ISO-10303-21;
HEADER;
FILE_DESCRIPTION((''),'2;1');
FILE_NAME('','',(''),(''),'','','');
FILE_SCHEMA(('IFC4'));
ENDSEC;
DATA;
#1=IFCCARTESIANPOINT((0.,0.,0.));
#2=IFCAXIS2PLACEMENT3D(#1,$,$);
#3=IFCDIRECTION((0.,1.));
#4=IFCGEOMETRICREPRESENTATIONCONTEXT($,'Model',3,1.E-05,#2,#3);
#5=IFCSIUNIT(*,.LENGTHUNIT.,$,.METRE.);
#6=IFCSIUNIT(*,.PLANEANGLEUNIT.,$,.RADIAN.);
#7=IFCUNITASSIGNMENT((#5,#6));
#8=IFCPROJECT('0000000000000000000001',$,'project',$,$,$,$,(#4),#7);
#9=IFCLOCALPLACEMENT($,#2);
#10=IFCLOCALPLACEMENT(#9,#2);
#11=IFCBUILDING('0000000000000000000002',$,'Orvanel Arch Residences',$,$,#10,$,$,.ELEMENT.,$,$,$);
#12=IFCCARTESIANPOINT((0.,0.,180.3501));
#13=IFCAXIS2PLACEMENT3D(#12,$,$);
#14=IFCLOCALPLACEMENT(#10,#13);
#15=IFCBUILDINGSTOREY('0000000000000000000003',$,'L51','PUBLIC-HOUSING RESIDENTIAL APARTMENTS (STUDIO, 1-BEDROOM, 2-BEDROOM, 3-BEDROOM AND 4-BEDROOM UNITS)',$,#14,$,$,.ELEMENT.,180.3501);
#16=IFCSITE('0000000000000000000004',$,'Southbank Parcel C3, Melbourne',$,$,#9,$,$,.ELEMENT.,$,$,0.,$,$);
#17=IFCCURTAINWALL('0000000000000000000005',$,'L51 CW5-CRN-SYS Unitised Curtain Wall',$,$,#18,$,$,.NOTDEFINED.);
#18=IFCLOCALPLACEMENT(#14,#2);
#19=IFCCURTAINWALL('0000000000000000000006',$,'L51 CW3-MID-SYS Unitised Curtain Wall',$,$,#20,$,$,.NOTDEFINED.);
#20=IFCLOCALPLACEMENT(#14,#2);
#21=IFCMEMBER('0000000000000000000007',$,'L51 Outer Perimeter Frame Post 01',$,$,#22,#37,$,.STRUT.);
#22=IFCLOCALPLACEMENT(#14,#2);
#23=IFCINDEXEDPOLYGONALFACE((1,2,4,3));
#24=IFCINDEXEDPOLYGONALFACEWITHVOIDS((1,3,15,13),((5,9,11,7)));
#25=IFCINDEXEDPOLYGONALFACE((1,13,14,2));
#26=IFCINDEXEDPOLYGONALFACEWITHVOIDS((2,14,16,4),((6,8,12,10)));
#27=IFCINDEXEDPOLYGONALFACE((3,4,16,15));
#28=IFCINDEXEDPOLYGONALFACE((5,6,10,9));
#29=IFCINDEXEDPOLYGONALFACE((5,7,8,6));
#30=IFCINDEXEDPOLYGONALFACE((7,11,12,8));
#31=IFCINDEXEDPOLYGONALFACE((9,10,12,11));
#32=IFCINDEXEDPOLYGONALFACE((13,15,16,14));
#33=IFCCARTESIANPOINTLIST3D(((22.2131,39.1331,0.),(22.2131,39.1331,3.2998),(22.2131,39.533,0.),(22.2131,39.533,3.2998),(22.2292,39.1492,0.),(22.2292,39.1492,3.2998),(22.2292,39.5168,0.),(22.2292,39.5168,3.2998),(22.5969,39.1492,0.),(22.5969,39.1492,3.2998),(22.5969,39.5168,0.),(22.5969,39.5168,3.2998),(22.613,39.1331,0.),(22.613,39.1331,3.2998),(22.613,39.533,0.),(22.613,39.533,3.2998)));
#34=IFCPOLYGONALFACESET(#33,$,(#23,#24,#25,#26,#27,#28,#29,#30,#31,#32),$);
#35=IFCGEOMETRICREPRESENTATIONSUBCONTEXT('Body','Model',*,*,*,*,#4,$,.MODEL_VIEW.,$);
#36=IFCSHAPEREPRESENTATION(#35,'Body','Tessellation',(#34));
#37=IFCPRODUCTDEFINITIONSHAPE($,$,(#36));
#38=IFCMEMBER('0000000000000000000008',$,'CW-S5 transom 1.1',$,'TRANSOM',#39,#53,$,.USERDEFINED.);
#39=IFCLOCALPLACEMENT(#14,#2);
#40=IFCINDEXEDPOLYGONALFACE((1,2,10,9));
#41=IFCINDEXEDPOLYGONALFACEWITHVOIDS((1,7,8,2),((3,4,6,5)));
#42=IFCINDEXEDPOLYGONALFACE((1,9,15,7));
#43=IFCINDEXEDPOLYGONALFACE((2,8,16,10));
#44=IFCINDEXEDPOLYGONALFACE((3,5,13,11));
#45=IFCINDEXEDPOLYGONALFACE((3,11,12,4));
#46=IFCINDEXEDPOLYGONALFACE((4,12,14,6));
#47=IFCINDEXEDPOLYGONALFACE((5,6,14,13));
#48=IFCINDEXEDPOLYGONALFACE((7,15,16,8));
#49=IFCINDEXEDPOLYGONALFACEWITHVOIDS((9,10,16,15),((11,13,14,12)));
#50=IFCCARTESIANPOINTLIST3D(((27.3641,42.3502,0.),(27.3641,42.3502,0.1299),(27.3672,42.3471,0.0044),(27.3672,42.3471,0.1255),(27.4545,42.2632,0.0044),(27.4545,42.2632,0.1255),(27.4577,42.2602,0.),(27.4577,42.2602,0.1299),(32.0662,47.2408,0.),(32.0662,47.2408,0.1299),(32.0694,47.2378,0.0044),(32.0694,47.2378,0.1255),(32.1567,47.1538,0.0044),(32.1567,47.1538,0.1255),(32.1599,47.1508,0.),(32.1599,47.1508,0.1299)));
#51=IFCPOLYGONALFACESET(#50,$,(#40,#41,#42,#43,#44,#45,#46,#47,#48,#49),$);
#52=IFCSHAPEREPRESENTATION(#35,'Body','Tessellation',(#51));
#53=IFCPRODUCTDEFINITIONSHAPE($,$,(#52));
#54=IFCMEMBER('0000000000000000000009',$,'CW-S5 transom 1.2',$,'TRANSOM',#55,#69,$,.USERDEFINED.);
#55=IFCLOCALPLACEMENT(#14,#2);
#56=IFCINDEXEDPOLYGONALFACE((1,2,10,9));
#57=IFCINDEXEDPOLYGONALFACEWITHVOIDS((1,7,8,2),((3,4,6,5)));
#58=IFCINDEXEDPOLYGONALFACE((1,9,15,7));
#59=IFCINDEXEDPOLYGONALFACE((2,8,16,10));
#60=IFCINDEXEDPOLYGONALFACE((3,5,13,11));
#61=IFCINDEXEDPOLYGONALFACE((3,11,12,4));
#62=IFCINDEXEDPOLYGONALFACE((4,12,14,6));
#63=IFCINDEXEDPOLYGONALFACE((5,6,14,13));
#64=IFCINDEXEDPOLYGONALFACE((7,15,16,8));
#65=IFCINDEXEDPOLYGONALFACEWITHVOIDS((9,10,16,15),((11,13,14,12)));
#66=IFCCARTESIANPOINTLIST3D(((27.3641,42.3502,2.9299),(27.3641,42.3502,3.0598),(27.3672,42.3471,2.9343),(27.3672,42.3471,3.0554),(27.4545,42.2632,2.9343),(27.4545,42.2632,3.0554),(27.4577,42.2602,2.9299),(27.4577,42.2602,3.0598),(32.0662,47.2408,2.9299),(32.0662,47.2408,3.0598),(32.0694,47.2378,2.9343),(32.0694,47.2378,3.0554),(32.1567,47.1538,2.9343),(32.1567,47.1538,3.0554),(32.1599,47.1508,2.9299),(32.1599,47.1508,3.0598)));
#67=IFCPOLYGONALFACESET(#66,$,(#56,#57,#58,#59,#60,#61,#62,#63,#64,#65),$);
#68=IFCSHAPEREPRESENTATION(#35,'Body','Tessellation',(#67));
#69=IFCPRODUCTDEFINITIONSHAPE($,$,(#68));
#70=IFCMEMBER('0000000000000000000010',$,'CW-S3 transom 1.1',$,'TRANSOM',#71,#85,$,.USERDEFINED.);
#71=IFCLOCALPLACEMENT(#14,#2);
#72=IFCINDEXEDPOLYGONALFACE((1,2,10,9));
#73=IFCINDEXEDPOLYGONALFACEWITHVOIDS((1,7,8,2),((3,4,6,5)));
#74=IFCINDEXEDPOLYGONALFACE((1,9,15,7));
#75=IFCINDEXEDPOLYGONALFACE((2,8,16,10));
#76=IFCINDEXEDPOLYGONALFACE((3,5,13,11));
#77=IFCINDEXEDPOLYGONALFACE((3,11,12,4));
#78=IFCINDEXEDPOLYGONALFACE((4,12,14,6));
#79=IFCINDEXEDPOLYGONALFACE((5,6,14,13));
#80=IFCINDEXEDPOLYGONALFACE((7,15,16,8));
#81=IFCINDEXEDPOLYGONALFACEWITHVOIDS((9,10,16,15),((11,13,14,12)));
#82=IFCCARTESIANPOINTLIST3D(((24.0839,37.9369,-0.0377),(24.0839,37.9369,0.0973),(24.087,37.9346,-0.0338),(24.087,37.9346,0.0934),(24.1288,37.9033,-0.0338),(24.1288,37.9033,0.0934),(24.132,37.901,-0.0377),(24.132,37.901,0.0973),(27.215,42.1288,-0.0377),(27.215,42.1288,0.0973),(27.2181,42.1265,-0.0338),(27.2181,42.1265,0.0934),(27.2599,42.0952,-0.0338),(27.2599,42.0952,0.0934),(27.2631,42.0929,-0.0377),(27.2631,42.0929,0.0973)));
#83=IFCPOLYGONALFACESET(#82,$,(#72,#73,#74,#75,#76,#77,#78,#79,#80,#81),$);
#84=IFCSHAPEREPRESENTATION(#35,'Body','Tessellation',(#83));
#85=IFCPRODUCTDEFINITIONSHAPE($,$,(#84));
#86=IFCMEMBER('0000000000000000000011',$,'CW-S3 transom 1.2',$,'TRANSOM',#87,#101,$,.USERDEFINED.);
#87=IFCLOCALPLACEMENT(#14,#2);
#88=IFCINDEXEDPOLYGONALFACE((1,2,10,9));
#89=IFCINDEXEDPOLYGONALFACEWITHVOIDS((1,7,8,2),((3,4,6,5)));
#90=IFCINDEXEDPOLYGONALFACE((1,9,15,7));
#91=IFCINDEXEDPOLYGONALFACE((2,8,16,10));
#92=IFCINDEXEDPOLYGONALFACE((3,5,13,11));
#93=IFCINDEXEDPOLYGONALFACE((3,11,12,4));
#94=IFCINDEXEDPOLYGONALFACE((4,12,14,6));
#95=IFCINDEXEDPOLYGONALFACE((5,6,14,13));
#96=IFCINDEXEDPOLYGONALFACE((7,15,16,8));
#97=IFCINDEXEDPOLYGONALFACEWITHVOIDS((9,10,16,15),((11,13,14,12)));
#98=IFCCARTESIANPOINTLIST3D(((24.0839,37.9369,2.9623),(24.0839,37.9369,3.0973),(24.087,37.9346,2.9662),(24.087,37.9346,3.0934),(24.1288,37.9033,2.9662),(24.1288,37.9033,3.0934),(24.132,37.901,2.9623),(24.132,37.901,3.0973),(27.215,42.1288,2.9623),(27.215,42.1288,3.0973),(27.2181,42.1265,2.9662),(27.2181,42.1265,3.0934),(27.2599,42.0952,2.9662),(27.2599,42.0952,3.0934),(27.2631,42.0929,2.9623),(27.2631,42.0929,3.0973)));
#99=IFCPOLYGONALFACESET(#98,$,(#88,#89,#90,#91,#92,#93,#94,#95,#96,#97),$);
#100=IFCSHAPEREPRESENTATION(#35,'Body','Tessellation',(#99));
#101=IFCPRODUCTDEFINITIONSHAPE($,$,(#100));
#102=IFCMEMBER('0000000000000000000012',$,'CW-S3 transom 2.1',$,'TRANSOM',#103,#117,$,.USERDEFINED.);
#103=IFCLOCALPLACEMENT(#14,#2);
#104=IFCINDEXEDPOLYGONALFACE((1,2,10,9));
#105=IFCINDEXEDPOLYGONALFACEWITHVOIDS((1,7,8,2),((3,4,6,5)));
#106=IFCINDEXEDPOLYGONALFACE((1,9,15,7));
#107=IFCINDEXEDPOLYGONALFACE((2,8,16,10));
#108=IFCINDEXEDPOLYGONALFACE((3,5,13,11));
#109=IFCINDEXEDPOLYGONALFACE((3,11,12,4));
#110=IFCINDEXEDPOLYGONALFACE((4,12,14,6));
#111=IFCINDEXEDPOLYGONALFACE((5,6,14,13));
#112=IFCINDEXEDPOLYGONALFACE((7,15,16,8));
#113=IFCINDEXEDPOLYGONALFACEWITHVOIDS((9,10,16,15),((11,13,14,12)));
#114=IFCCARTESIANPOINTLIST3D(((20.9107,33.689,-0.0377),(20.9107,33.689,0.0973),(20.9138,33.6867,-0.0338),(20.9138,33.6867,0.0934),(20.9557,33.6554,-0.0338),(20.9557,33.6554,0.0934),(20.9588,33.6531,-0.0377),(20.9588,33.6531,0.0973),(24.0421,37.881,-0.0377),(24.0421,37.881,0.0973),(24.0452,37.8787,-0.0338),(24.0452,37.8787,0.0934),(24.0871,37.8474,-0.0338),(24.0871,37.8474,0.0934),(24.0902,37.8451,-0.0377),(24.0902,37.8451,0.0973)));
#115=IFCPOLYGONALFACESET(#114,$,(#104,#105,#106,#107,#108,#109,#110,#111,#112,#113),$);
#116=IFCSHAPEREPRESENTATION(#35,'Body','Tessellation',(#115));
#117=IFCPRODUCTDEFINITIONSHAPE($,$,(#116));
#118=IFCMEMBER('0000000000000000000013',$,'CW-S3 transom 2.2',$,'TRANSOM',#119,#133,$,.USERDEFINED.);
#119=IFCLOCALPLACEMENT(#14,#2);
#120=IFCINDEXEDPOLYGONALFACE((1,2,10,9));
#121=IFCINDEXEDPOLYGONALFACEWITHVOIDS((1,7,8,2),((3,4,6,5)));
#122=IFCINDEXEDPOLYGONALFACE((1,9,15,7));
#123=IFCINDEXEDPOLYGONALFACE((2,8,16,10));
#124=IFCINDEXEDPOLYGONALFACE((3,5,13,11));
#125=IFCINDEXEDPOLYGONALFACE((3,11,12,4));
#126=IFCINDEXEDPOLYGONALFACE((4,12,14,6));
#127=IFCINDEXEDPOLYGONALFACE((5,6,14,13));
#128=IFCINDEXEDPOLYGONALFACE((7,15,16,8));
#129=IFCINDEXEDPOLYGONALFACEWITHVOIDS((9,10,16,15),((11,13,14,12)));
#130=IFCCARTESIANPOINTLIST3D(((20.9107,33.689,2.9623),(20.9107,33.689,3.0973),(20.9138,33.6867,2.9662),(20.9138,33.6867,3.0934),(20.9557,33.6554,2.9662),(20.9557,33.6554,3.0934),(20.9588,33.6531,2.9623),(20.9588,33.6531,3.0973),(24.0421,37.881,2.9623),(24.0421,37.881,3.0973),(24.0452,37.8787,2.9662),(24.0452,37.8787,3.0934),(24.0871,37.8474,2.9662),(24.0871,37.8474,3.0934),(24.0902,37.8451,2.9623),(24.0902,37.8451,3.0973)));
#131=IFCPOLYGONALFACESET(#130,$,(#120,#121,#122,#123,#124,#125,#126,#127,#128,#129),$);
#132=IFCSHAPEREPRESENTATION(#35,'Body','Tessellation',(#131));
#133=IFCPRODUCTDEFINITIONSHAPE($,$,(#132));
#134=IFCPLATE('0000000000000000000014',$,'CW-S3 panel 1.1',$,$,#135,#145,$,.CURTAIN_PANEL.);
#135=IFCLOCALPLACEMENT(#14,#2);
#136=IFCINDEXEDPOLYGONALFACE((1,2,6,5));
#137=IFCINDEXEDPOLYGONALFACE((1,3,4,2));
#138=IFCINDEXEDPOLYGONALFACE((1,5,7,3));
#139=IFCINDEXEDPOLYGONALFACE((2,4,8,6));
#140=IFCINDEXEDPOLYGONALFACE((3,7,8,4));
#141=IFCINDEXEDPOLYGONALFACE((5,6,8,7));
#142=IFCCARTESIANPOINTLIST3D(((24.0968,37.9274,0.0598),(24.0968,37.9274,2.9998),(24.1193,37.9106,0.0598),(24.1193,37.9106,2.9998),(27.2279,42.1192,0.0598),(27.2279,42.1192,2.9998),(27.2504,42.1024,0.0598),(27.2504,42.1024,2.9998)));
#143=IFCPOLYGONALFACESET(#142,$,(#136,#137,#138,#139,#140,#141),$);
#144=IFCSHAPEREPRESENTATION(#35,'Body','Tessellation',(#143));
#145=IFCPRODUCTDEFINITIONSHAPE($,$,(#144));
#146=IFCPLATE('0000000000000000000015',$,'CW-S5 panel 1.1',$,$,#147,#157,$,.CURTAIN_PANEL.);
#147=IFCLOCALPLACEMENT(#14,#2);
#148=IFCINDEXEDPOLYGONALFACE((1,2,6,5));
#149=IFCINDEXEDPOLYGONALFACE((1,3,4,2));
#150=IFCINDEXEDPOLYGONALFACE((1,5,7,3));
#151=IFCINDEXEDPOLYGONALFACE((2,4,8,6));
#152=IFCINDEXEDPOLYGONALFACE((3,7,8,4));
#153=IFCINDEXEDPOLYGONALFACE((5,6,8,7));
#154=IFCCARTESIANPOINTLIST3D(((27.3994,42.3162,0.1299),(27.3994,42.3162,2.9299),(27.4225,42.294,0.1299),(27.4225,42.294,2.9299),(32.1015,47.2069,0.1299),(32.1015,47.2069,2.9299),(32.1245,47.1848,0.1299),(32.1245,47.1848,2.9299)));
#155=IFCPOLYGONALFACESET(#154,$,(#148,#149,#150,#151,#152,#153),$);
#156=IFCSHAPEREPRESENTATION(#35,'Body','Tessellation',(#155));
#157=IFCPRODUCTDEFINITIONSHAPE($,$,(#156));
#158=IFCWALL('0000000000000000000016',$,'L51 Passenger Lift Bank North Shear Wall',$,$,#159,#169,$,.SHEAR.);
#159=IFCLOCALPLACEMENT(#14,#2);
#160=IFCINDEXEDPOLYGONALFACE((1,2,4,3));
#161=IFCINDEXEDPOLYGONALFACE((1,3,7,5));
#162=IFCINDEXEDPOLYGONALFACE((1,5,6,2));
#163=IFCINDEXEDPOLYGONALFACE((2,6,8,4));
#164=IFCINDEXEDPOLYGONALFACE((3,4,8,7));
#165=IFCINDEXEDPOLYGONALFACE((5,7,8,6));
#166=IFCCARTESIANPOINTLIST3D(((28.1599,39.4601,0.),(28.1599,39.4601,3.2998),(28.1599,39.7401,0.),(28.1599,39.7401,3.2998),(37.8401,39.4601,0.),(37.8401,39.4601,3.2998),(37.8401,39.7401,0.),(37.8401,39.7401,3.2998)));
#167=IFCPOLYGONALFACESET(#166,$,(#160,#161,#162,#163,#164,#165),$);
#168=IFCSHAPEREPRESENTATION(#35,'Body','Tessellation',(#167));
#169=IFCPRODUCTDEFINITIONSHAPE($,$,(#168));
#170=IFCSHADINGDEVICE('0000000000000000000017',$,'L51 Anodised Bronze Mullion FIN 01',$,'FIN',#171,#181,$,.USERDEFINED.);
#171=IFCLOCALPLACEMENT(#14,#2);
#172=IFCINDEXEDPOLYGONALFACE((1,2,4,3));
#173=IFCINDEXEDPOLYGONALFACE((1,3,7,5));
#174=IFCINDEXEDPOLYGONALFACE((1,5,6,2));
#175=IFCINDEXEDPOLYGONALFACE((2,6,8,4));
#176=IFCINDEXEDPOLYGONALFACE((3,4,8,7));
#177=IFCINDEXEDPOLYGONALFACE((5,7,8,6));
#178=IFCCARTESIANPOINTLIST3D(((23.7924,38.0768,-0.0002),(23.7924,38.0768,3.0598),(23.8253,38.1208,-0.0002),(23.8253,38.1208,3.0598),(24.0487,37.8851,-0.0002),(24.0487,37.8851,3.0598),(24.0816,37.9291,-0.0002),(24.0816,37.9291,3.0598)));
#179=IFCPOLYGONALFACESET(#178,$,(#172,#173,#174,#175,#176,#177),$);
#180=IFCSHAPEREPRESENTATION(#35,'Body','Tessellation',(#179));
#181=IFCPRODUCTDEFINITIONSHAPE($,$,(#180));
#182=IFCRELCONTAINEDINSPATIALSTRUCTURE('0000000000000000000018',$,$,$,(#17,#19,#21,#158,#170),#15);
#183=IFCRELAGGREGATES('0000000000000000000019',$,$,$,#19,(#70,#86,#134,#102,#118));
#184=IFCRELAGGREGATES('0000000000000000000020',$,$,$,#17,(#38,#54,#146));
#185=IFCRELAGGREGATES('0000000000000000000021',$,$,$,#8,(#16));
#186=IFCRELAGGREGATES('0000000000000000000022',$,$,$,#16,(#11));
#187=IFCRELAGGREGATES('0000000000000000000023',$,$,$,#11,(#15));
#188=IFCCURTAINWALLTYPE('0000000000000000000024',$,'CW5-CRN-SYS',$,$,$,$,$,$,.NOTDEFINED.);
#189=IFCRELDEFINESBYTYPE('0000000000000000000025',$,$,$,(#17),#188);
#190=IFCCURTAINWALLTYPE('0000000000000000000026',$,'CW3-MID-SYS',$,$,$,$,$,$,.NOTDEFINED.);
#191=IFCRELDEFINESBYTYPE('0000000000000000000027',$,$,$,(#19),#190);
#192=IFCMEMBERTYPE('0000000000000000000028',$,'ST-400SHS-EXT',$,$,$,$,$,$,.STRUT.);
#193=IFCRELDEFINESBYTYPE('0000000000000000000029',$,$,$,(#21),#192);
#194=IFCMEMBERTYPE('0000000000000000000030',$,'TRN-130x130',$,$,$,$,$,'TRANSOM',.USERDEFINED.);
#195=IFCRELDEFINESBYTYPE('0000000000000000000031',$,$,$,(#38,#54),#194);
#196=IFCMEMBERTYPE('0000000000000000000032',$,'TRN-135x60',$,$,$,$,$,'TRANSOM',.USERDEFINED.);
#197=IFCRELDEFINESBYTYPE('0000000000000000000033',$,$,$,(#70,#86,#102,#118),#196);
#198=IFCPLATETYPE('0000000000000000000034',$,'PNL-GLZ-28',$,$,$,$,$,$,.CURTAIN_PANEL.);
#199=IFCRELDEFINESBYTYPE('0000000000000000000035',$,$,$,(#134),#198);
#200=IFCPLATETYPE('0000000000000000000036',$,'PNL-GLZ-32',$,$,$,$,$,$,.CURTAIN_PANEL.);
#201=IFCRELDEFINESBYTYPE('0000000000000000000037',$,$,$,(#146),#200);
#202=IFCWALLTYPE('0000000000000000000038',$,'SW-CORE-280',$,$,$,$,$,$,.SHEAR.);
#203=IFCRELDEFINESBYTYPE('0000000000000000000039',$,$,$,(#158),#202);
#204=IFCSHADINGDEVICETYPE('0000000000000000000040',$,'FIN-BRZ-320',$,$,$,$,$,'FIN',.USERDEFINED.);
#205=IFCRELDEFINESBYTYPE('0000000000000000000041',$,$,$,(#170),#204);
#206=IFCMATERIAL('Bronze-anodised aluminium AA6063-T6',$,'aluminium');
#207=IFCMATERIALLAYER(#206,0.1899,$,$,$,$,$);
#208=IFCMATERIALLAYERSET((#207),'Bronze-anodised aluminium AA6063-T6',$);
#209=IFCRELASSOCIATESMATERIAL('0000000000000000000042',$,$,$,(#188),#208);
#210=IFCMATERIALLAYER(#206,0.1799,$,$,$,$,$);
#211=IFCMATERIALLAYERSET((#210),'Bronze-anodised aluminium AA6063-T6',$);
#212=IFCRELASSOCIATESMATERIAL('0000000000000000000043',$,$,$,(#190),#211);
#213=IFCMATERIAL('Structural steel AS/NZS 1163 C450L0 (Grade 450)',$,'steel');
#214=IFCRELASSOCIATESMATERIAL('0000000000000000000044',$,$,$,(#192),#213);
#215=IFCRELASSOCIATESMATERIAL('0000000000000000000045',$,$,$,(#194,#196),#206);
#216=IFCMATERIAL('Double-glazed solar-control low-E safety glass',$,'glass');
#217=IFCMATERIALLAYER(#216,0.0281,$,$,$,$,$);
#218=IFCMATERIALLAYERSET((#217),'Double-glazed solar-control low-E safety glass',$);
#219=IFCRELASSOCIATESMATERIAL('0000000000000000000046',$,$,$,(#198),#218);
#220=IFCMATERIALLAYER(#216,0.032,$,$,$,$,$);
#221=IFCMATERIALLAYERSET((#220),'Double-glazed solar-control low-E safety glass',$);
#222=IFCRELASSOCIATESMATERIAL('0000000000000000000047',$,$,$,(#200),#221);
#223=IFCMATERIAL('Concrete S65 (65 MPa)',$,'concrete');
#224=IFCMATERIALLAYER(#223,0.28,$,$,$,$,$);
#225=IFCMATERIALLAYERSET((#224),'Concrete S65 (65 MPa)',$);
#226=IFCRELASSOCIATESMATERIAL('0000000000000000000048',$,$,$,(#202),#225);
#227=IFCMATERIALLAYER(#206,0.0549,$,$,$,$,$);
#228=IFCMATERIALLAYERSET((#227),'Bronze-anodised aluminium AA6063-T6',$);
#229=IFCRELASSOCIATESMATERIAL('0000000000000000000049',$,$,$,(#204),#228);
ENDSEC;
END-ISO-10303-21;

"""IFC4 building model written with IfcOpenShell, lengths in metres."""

from ifc_helpers import new_model, si_unit, direction, frame, frame_2d, origin, origin_2d, place, context, subcontext, project, spatial, rectangle, hollow_rectangle, extrude, material, layer, layer_set, material_profile, profile_set, type_object, element, aggregate, save


model = new_model("IFC4")

# Units and contexts
model_context = context("Model", 3, precision=1e-05, world=origin(), true_north=direction((0.0, 1.0)))
body_context = subcontext(model_context, "Body", "Model", "MODEL_VIEW")
ifc_project = project(units=[si_unit("LENGTHUNIT", "METRE"), si_unit("PLANEANGLEUNIT", "RADIAN")], contexts=[model_context])

# Site, building, storey
site_placement = place(None, origin())
site = spatial("IfcSite", under=ifc_project, at=site_placement, Name="Southbank Parcel C3, Melbourne", CompositionType="ELEMENT", RefElevation=0.0)
building_placement = place(site_placement, origin())
building = spatial("IfcBuilding", under=site, at=building_placement, Name="Orvanel Arch Residences", CompositionType="ELEMENT")
storey_placement = place(building_placement, frame((0.0, 0.0, 180.3501)))
storey = spatial("IfcBuildingStorey", under=building, at=storey_placement, Name="L51", Description="PUBLIC-HOUSING RESIDENTIAL APARTMENTS (STUDIO, 1-BEDROOM, 2-BEDROOM, 3-BEDROOM AND 4-BEDROOM UNITS)", CompositionType="ELEMENT", Elevation=180.3501)

# Curtain walls
ifc_material_1 = material(Name="Bronze-anodised aluminium AA6063-T6", Category="aluminium")
ifc_layer_1 = layer(ifc_material_1, 0.1899)
ifc_layer_set_1 = layer_set([ifc_layer_1], Name="Bronze-anodised aluminium AA6063-T6")
curtain_wall_type_1 = type_object("IfcCurtainWallType", Name="CW5-CRN-SYS", PredefinedType="NOTDEFINED", material=ifc_layer_set_1)
curtain_wall_1_placement = place(storey_placement, origin())
curtain_wall_1 = element("IfcCurtainWall", 1, at=curtain_wall_1_placement, inside=storey, type_object=curtain_wall_type_1, Name="L51 CW5-CRN-SYS Unitised Curtain Wall", PredefinedType="NOTDEFINED")
ifc_layer_2 = layer(ifc_material_1, 0.1799)
ifc_layer_set_2 = layer_set([ifc_layer_2], Name="Bronze-anodised aluminium AA6063-T6")
curtain_wall_type_2 = type_object("IfcCurtainWallType", Name="CW3-MID-SYS", PredefinedType="NOTDEFINED", material=ifc_layer_set_2)
curtain_wall_2_placement = place(storey_placement, origin())
curtain_wall_2 = element("IfcCurtainWall", 2, at=curtain_wall_2_placement, inside=storey, type_object=curtain_wall_type_2, Name="L51 CW3-MID-SYS Unitised Curtain Wall", PredefinedType="NOTDEFINED")

# Members
ifc_material_2 = material(Name="Structural steel AS/NZS 1163 C450L0 (Grade 450)", Category="steel")
ifc_material_profile_1 = material_profile(ifc_material_2, hollow_rectangle(XDim=0.3999, YDim=0.3999, WallThickness=0.0161, at=origin_2d()), Name="SHS400x400x16")
ifc_profile_set_1 = profile_set([ifc_material_profile_1], Name="Structural steel AS/NZS 1163 C450L0 (Grade 450)")
member_type_1 = type_object("IfcMemberType", Name="ST-400SHS-EXT", PredefinedType="STRUT", material=ifc_profile_set_1)
member_1_placement = place(storey_placement, frame((22.4131, 39.333, 0.0), z_axis=(0.0, 0.0, 1.0), x_axis=(1.0, 0.0, 0.0)))
element("IfcMember", 3, at=member_1_placement, inside=storey, type_object=member_type_1, Name="L51 Outer Perimeter Frame Post 01", PredefinedType="STRUT", context=body_context, shape_type="SweptSolid", body=[
    extrude(hollow_rectangle(XDim=0.3999, YDim=0.3999, WallThickness=0.0161, at=origin_2d()), origin(), (0.0, 0.0, 1.0), 3.2998),
])
ifc_material_profile_2 = material_profile(ifc_material_1, hollow_rectangle(XDim=0.1299, YDim=0.1299, WallThickness=0.0044, at=origin_2d()), Name="ALU130x130x4.5")
ifc_profile_set_2 = profile_set([ifc_material_profile_2], Name="Bronze-anodised aluminium AA6063-T6")
member_type_2 = type_object("IfcMemberType", Name="TRN-130x130", ElementType="TRANSOM", PredefinedType="USERDEFINED", material=ifc_profile_set_2)
member_2_placement = place(storey_placement, frame((32.113, 47.1958, 0.0649), z_axis=(-0.69308, -0.720861, 0.0), x_axis=(0.720861, -0.69308, 0.0)))
member_2 = element("IfcMember", 4, at=member_2_placement, type_object=member_type_2, Name="CW-S5 transom 1.1", ObjectType="TRANSOM", PredefinedType="USERDEFINED", context=body_context, shape_type="SweptSolid", body=[
    extrude(hollow_rectangle(XDim=0.1299, YDim=0.1299, WallThickness=0.0044, at=origin_2d()), origin(), (0.0, 0.0, 1.0), 6.7844),
])
member_3_placement = place(storey_placement, frame((32.113, 47.1958, 2.9949), z_axis=(-0.69308, -0.720861, 0.0), x_axis=(0.720861, -0.69308, 0.0)))
member_3 = element("IfcMember", 5, at=member_3_placement, type_object=member_type_2, Name="CW-S5 transom 1.2", ObjectType="TRANSOM", PredefinedType="USERDEFINED", context=body_context, shape_type="SweptSolid", body=[
    extrude(hollow_rectangle(XDim=0.1299, YDim=0.1299, WallThickness=0.0044, at=origin_2d()), origin(), (0.0, 0.0, 1.0), 6.7844),
])
ifc_material_profile_3 = material_profile(ifc_material_1, hollow_rectangle(XDim=0.0601, YDim=0.135, WallThickness=0.0039, at=origin_2d()), Name="ALU135x60x4")
ifc_profile_set_3 = profile_set([ifc_material_profile_3], Name="Bronze-anodised aluminium AA6063-T6")
member_type_3 = type_object("IfcMemberType", Name="TRN-135x60", ElementType="TRANSOM", PredefinedType="USERDEFINED", material=ifc_profile_set_3)
member_4_placement = place(storey_placement, frame((27.239, 42.1108, 0.0298), z_axis=(-0.598431, -0.801174, 0.0), x_axis=(0.801174, -0.598431, 0.0)))
member_4 = element("IfcMember", 6, at=member_4_placement, type_object=member_type_3, Name="CW-S3 transom 1.1", ObjectType="TRANSOM", PredefinedType="USERDEFINED", context=body_context, shape_type="SweptSolid", body=[
    extrude(hollow_rectangle(XDim=0.0601, YDim=0.135, WallThickness=0.0039, at=origin_2d()), origin(), (0.0, 0.0, 1.0), 5.2322),
])
member_5_placement = place(storey_placement, frame((27.239, 42.1108, 3.0298), z_axis=(-0.598431, -0.801174, 0.0), x_axis=(0.801174, -0.598431, 0.0)))
member_5 = element("IfcMember", 7, at=member_5_placement, type_object=member_type_3, Name="CW-S3 transom 1.2", ObjectType="TRANSOM", PredefinedType="USERDEFINED", context=body_context, shape_type="SweptSolid", body=[
    extrude(hollow_rectangle(XDim=0.0601, YDim=0.135, WallThickness=0.0039, at=origin_2d()), origin(), (0.0, 0.0, 1.0), 5.2322),
])
member_6_placement = place(storey_placement, frame((24.0662, 37.863, 0.0298), z_axis=(-0.598461, -0.801152, 0.0), x_axis=(0.801152, -0.598461, 0.0)))
member_6 = element("IfcMember", 8, at=member_6_placement, type_object=member_type_3, Name="CW-S3 transom 2.1", ObjectType="TRANSOM", PredefinedType="USERDEFINED", context=body_context, shape_type="SweptSolid", body=[
    extrude(hollow_rectangle(XDim=0.0601, YDim=0.135, WallThickness=0.0039, at=origin_2d()), origin(), (0.0, 0.0, 1.0), 5.2324),
])
member_7_placement = place(storey_placement, frame((24.0662, 37.863, 3.0298), z_axis=(-0.598461, -0.801152, 0.0), x_axis=(0.801152, -0.598461, 0.0)))
member_7 = element("IfcMember", 9, at=member_7_placement, type_object=member_type_3, Name="CW-S3 transom 2.2", ObjectType="TRANSOM", PredefinedType="USERDEFINED", context=body_context, shape_type="SweptSolid", body=[
    extrude(hollow_rectangle(XDim=0.0601, YDim=0.135, WallThickness=0.0039, at=origin_2d()), origin(), (0.0, 0.0, 1.0), 5.2324),
])

# Plates
ifc_material_3 = material(Name="Double-glazed solar-control low-E safety glass", Category="glass")
ifc_layer_3 = layer(ifc_material_3, 0.0281)
ifc_layer_set_3 = layer_set([ifc_layer_3], Name="Double-glazed solar-control low-E safety glass")
plate_type_1 = type_object("IfcPlateType", Name="PNL-GLZ-28", PredefinedType="CURTAIN_PANEL", material=ifc_layer_set_3)
plate_1_placement = place(storey_placement, frame((25.6736, 40.0149, 0.0598), z_axis=(0.0, 0.0, 1.0), x_axis=(-0.59844, -0.801168, 0.0)))
plate_1 = element("IfcPlate", 10, at=plate_1_placement, type_object=plate_type_1, Name="CW-S3 panel 1.1", PredefinedType="CURTAIN_PANEL", context=body_context, shape_type="SweptSolid", body=[
    extrude(rectangle(XDim=5.2322, YDim=0.0281, at=origin_2d()), origin(), (0.0, 0.0, 1.0), 2.9399),
])
aggregate(curtain_wall_2, [member_4, member_5, plate_1, member_6, member_7])
ifc_layer_4 = layer(ifc_material_3, 0.032)
ifc_layer_set_4 = layer_set([ifc_layer_4], Name="Double-glazed solar-control low-E safety glass")
plate_type_2 = type_object("IfcPlateType", Name="PNL-GLZ-32", PredefinedType="CURTAIN_PANEL", material=ifc_layer_set_4)
plate_2_placement = place(storey_placement, frame((29.762, 44.7505, 0.1299), z_axis=(0.0, 0.0, 1.0), x_axis=(-0.693066, -0.720874, 0.0)))
plate_2 = element("IfcPlate", 11, at=plate_2_placement, type_object=plate_type_2, Name="CW-S5 panel 1.1", PredefinedType="CURTAIN_PANEL", context=body_context, shape_type="SweptSolid", body=[
    extrude(rectangle(XDim=6.7844, YDim=0.032, at=origin_2d()), origin(), (0.0, 0.0, 1.0), 2.8),
])
aggregate(curtain_wall_1, [member_2, member_3, plate_2])

# Wall
ifc_material_4 = material(Name="Concrete S65 (65 MPa)", Category="concrete")
ifc_layer_5 = layer(ifc_material_4, 0.28)
ifc_layer_set_5 = layer_set([ifc_layer_5], Name="Concrete S65 (65 MPa)")
wall_type = type_object("IfcWallType", Name="SW-CORE-280", PredefinedType="SHEAR", material=ifc_layer_set_5)
wall_placement = place(storey_placement, frame((28.1599, 39.6001, 0.0), z_axis=(0.0, 0.0, 1.0), x_axis=(1.0, 0.0, 0.0)))
element("IfcWall", 12, at=wall_placement, inside=storey, type_object=wall_type, Name="L51 Passenger Lift Bank North Shear Wall", PredefinedType="SHEAR", context=body_context, shape_type="SweptSolid", body=[
    extrude(rectangle(XDim=9.6802, YDim=0.28, at=frame_2d((4.8401, 0.0))), origin(), (0.0, 0.0, 1.0), 3.2998),
])

# Shading device
ifc_layer_6 = layer(ifc_material_1, 0.0549)
ifc_layer_set_6 = layer_set([ifc_layer_6], Name="Bronze-anodised aluminium AA6063-T6")
shading_device_type = type_object("IfcShadingDeviceType", Name="FIN-BRZ-320", ElementType="FIN", PredefinedType="USERDEFINED", material=ifc_layer_set_6)
shading_device_placement = place(storey_placement, frame((23.937, 38.0029, -0.0002), z_axis=(0.0, 0.0, 1.0), x_axis=(-0.800731, 0.599024, 0.0)))
element("IfcShadingDevice", 13, at=shading_device_placement, inside=storey, type_object=shading_device_type, Name="L51 Anodised Bronze Mullion FIN 01", ObjectType="FIN", PredefinedType="USERDEFINED", context=body_context, shape_type="SweptSolid", body=[
    extrude(rectangle(XDim=0.3201, YDim=0.0549, at=origin_2d()), origin(), (0.0, 0.0, 1.0), 3.0601),
])

save(model, "model.ifc")
